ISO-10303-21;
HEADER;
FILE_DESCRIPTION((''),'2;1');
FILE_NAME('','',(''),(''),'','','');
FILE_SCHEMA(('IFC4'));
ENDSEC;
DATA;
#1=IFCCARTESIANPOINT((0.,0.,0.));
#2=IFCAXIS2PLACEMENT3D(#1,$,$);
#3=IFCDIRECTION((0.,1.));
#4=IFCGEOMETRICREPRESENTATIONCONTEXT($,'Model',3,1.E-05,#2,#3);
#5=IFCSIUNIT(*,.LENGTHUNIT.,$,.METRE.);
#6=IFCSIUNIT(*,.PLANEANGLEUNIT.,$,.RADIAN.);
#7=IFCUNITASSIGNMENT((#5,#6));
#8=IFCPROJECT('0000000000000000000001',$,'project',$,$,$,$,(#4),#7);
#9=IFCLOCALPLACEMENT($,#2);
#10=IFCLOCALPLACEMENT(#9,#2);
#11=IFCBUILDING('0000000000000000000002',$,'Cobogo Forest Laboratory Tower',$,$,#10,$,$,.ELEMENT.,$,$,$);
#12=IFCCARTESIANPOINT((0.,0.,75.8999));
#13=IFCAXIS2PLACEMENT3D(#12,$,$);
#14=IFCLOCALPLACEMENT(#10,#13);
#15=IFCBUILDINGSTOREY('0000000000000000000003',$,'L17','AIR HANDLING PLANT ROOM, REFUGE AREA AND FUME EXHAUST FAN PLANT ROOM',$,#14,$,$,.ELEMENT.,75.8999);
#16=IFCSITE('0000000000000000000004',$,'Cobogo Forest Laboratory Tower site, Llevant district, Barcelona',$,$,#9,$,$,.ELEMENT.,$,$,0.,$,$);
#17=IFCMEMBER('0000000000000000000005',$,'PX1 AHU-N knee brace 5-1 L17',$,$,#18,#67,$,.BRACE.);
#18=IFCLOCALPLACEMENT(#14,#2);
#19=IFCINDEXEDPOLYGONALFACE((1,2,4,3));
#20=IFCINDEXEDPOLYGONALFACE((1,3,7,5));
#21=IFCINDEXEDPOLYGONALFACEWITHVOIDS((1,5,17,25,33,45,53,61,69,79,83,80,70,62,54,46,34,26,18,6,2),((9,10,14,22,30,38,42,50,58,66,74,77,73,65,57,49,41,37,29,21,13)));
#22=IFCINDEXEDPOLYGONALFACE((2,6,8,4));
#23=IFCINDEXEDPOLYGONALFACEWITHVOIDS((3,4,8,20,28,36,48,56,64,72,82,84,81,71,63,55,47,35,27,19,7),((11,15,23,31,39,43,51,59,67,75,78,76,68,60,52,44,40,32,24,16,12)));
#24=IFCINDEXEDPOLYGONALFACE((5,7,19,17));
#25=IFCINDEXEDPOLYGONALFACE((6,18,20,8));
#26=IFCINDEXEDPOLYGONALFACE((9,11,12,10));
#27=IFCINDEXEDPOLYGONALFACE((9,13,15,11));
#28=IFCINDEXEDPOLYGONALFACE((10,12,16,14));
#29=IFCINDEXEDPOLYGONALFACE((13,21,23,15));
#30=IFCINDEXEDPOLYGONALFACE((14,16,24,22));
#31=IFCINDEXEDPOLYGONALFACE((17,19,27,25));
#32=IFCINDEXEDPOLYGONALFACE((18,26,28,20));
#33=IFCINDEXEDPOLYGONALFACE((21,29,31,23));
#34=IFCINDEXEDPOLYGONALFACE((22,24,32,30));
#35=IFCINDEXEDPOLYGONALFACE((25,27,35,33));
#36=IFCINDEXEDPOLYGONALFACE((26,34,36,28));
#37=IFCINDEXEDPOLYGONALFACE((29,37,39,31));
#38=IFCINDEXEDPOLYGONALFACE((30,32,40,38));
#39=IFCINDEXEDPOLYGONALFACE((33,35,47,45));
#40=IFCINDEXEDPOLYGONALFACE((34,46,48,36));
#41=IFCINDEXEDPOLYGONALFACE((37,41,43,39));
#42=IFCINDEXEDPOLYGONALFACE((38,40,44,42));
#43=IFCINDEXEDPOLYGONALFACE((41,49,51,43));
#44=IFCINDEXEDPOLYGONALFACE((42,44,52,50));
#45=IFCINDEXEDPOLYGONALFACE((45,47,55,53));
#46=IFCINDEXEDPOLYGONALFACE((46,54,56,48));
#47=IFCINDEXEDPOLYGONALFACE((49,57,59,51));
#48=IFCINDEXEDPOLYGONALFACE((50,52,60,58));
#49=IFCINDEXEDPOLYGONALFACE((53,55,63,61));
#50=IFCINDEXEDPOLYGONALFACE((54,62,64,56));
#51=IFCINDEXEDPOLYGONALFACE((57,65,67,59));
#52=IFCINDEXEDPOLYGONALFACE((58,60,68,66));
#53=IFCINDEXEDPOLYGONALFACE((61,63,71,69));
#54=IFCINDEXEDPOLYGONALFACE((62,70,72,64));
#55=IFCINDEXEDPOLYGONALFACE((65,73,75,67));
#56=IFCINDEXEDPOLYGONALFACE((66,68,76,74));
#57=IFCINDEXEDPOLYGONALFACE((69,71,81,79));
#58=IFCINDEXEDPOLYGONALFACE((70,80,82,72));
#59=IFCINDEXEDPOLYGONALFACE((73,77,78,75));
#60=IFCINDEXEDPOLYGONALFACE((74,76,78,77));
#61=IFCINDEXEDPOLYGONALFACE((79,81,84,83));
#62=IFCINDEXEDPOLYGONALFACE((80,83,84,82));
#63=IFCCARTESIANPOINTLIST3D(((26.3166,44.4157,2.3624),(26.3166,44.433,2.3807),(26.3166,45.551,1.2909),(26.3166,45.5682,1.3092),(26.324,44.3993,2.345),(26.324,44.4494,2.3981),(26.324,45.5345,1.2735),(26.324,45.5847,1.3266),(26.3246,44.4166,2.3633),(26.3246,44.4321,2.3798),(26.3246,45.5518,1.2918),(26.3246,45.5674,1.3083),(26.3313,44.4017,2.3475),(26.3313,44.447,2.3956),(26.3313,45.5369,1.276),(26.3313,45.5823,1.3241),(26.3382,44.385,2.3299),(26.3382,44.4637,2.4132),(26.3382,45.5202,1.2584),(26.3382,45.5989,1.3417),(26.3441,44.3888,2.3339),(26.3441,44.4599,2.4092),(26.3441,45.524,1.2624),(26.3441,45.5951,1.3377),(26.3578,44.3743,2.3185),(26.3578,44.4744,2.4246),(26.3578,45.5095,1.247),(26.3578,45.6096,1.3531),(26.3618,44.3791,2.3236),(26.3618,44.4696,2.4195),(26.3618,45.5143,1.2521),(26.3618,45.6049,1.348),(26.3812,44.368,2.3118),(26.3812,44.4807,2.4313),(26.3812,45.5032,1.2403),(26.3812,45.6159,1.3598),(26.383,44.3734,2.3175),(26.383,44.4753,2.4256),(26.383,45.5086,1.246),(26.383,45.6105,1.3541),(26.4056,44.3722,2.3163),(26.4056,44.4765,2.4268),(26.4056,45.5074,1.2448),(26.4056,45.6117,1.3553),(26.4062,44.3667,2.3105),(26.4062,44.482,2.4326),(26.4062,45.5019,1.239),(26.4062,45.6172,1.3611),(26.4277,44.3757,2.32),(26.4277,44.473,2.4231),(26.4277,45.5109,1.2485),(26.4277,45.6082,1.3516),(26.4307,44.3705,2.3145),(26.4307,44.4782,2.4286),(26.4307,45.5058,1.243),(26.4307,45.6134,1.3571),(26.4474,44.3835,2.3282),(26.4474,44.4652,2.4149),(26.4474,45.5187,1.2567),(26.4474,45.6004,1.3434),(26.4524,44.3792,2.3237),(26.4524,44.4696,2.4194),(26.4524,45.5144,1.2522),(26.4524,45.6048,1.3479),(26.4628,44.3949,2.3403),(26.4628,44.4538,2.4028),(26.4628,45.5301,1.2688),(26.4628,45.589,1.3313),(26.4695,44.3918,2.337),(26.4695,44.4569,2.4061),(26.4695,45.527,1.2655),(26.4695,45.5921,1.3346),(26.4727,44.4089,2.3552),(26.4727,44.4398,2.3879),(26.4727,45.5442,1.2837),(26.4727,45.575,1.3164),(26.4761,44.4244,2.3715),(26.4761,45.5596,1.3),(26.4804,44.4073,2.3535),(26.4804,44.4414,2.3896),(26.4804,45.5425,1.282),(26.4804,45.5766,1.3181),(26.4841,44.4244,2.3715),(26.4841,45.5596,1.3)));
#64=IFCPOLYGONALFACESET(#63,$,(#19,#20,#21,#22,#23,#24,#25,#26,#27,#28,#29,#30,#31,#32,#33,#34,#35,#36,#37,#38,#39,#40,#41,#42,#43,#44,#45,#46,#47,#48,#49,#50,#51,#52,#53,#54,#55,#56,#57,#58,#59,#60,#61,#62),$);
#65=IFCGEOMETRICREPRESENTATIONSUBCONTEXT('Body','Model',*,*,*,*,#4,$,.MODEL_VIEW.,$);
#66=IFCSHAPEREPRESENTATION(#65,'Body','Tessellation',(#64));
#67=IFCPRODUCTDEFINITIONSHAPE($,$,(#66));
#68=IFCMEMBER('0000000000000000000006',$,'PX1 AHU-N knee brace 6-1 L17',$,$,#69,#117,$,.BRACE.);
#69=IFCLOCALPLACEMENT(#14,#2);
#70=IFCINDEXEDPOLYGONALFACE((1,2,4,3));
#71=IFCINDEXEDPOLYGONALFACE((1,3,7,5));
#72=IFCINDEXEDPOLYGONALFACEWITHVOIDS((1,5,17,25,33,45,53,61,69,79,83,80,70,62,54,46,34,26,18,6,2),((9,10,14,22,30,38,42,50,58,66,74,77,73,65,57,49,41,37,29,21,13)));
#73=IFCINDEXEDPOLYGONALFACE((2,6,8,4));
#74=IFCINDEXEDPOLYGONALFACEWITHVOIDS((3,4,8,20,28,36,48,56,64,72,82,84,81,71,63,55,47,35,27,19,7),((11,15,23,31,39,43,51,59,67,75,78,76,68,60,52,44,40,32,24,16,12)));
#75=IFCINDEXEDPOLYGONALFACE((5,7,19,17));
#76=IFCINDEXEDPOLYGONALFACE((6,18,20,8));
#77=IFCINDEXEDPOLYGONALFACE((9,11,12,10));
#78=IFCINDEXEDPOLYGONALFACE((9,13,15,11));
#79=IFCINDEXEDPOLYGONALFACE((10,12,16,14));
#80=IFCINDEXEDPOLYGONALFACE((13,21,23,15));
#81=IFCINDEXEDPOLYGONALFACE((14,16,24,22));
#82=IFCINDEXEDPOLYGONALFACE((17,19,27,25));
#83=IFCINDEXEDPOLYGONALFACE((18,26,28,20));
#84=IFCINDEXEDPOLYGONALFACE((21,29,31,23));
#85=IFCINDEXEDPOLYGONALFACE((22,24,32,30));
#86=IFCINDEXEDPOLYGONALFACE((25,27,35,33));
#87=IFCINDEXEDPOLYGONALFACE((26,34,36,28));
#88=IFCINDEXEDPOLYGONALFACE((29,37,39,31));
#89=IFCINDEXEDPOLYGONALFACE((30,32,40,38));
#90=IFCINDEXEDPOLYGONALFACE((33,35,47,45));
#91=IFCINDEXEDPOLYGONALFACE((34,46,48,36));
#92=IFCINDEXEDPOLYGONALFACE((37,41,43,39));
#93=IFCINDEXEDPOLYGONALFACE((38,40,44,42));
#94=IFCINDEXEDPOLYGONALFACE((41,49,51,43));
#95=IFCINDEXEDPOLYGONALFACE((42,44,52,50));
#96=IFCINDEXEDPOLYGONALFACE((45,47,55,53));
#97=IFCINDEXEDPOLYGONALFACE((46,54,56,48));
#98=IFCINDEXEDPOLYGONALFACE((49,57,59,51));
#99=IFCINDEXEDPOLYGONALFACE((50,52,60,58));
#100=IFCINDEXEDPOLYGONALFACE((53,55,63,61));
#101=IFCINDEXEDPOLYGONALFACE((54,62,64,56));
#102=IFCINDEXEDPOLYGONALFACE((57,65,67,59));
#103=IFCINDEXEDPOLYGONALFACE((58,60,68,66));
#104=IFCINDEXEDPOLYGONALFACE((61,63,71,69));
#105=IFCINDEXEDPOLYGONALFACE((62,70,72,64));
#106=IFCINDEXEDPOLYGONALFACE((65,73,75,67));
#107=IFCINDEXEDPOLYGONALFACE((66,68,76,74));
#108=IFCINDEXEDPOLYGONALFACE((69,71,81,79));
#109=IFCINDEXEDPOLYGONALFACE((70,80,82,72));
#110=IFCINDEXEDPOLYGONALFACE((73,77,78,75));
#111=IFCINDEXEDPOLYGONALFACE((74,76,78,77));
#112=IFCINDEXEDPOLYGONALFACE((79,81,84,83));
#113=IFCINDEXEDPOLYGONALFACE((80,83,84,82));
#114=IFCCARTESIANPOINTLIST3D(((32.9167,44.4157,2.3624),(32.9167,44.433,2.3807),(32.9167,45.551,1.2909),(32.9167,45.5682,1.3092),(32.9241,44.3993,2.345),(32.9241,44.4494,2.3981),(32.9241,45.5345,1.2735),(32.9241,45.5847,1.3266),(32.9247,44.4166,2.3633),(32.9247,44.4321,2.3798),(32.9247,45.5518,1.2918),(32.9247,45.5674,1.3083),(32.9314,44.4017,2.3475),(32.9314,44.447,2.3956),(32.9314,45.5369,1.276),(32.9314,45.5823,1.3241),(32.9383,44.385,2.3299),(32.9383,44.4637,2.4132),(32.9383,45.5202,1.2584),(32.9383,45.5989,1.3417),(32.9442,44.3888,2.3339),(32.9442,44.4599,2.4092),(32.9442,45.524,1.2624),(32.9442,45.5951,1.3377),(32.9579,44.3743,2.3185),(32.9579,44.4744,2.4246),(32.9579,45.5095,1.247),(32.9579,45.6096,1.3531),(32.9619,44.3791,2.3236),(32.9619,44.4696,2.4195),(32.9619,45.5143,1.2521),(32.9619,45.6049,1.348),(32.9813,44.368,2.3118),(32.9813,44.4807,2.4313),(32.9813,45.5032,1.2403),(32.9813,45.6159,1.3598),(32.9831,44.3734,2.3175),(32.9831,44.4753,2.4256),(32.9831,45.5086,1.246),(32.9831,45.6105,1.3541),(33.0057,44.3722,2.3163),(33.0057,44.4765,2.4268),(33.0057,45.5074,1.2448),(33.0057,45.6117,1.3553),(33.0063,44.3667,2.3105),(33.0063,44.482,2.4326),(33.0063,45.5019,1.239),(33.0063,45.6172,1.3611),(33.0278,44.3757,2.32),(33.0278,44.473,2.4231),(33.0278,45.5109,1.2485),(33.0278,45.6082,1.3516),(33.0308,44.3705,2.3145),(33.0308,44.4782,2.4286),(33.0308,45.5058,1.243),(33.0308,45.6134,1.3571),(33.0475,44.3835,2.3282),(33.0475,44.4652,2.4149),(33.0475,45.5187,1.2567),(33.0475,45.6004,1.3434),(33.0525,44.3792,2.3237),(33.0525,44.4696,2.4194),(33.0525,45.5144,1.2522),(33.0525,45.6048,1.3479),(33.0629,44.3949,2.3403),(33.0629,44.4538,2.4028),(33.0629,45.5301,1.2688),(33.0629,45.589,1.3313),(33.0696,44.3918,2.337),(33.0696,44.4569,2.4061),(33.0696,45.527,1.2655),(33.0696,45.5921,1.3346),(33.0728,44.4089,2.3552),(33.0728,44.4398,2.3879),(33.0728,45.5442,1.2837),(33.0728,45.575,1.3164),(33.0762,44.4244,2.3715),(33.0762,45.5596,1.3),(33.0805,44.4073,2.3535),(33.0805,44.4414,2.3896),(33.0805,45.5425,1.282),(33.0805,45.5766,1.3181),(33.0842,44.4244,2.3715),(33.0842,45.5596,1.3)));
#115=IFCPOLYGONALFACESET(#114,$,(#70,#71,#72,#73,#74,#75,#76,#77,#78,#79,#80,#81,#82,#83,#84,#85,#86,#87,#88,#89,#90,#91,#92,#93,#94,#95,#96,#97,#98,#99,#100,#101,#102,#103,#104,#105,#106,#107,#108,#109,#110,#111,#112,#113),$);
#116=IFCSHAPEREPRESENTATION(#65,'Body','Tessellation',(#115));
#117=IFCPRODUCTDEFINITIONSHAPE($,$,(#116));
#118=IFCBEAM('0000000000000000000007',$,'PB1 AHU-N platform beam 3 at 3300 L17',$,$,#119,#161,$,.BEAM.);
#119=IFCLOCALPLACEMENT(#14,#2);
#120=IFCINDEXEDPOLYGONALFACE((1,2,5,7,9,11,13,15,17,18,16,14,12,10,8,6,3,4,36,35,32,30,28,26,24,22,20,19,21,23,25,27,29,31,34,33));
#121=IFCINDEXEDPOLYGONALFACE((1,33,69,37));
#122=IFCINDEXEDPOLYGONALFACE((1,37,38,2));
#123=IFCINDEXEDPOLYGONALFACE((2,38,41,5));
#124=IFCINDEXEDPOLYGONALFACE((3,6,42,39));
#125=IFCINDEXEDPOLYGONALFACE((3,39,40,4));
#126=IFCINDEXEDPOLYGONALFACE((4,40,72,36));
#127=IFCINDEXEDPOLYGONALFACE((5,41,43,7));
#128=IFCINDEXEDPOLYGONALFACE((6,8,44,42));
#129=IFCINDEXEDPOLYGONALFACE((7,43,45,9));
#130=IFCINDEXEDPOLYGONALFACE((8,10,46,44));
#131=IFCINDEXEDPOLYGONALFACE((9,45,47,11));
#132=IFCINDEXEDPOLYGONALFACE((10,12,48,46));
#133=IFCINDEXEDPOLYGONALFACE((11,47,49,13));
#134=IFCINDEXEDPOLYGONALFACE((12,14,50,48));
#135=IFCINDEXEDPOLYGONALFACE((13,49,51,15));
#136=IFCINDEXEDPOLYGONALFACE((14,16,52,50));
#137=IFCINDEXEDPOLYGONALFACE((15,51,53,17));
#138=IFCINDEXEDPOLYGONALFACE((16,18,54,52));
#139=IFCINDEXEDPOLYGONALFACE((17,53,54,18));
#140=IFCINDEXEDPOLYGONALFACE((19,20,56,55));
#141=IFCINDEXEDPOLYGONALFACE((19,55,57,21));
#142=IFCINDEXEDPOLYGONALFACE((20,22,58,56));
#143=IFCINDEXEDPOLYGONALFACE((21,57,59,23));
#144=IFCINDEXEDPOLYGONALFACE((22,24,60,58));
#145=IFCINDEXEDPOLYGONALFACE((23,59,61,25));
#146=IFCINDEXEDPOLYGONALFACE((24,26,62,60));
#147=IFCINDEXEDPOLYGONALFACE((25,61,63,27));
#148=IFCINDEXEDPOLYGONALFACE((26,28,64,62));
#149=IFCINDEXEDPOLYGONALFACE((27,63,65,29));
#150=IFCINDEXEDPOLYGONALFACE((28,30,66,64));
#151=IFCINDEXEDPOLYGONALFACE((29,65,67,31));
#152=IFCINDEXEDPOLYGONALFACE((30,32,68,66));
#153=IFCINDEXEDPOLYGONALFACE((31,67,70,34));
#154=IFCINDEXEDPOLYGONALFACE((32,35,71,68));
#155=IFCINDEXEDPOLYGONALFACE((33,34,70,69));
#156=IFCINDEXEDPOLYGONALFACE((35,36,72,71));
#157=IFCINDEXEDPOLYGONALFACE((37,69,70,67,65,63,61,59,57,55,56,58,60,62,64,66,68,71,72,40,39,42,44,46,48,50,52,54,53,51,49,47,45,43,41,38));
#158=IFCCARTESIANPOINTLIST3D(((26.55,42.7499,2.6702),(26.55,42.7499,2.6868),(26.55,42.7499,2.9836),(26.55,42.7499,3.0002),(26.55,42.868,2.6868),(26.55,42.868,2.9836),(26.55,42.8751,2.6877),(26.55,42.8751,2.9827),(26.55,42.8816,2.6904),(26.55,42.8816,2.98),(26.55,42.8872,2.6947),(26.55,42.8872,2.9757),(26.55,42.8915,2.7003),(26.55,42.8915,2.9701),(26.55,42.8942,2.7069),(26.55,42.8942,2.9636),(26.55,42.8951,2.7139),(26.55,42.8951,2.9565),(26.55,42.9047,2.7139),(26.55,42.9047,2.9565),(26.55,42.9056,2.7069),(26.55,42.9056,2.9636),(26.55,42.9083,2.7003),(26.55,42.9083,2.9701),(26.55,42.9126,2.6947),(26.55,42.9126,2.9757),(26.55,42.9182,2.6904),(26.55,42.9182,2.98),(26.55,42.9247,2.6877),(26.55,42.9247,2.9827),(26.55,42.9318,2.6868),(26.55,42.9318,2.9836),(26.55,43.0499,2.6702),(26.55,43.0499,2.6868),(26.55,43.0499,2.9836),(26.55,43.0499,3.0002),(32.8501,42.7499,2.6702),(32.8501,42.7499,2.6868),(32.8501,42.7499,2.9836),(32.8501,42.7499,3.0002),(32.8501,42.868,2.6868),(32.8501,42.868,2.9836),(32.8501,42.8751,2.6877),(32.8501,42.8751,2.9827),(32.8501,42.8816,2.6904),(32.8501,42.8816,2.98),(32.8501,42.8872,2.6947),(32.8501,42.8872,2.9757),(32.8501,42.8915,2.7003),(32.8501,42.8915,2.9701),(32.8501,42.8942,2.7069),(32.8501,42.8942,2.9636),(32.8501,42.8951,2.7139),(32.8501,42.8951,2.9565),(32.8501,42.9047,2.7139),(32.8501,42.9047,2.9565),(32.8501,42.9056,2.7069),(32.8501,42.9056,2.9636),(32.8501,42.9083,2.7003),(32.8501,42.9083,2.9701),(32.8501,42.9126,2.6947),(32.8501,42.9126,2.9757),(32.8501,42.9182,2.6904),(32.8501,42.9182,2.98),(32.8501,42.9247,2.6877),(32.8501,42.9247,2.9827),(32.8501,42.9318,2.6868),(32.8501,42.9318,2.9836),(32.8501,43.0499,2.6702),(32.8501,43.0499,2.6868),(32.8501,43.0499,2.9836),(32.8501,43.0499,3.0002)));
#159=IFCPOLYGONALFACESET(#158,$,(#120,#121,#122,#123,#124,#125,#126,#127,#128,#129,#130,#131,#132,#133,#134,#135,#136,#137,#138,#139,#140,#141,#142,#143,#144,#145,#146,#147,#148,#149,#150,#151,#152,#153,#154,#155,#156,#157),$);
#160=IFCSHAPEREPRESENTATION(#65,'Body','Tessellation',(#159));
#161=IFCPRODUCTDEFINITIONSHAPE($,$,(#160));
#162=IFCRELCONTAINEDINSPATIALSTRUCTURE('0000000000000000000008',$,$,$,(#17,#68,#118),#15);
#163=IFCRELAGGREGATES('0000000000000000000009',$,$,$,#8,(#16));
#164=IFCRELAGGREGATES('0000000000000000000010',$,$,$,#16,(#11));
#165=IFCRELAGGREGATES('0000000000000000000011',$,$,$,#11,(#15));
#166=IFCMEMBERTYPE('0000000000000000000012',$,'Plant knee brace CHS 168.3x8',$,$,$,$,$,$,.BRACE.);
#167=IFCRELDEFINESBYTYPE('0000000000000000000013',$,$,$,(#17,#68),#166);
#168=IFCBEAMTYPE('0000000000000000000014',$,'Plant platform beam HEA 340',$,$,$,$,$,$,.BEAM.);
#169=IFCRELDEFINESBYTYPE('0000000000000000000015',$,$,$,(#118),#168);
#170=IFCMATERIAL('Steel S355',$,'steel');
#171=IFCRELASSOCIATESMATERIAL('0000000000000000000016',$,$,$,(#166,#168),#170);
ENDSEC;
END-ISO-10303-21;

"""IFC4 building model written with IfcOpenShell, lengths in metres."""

from ifc_helpers import new_model, si_unit, direction, frame, origin, origin_2d, place, context, subcontext, project, spatial, hollow_circle, i_section, extrude, material, material_profile, profile_set, type_object, element, save


model = new_model("IFC4")

# Units and contexts
model_context = context("Model", 3, precision=1e-05, world=origin(), true_north=direction((0.0, 1.0)))
body_context = subcontext(model_context, "Body", "Model", "MODEL_VIEW")
ifc_project = project(units=[si_unit("LENGTHUNIT", "METRE"), si_unit("PLANEANGLEUNIT", "RADIAN")], contexts=[model_context])

# Site, building, storey
site_placement = place(None, origin())
site = spatial("IfcSite", under=ifc_project, at=site_placement, Name="Cobogo Forest Laboratory Tower site, Llevant district, Barcelona", CompositionType="ELEMENT", RefElevation=0.0)
building_placement = place(site_placement, origin())
building = spatial("IfcBuilding", under=site, at=building_placement, Name="Cobogo Forest Laboratory Tower", CompositionType="ELEMENT")
storey_placement = place(building_placement, frame((0.0, 0.0, 75.8999)))
storey = spatial("IfcBuildingStorey", under=building, at=storey_placement, Name="L17", Description="AIR HANDLING PLANT ROOM, REFUGE AREA AND FUME EXHAUST FAN PLANT ROOM", CompositionType="ELEMENT", Elevation=75.8999)

# Members
ifc_material_1 = material(Name="Steel S355", Category="steel")
ifc_material_profile_1 = material_profile(ifc_material_1, hollow_circle(Radius=0.0842, WallThickness=0.0081, at=origin_2d()), Name="CHS 168.3x8")
ifc_profile_set_1 = profile_set([ifc_material_profile_1], Name="Steel S355")
member_type_1 = type_object("IfcMemberType", Name="Plant knee brace CHS 168.3x8", PredefinedType="BRACE", material=ifc_profile_set_1)
for number, where, z_axis, x_axis, name in (
    (1, (26.3999, 45.5596, 1.3), (0.0, -0.727221, 0.686403), (1.0, 0.0, 0.0), "PX1 AHU-N knee brace 5-1 L17"),
    (2, (33.0, 45.5596, 1.3), (0.0, -0.727221, 0.686403), (1.0, 0.0, 0.0), "PX1 AHU-N knee brace 6-1 L17"),
):
    element("IfcMember", number, at=place(storey_placement, frame(where, z_axis=z_axis, x_axis=x_axis)), inside=storey, type_object=member_type_1, Name=name, PredefinedType="BRACE", context=body_context, shape_type="SweptSolid", body=[
        extrude(hollow_circle(Radius=0.0842, WallThickness=0.0081, at=origin_2d()), origin(), (0.0, 0.0, 1.0), 1.561),
    ])

# Beam
ifc_material_profile_2 = material_profile(ifc_material_1, i_section(OverallWidth=0.3, OverallDepth=0.3301, WebThickness=0.0095, FlangeThickness=0.0166, FilletRadius=0.0271, at=origin_2d()), Name="HEA 340")
ifc_profile_set_2 = profile_set([ifc_material_profile_2], Name="Steel S355")
beam_type_1 = type_object("IfcBeamType", Name="Plant platform beam HEA 340", PredefinedType="BEAM", material=ifc_profile_set_2)
beam_1_placement = place(storey_placement, frame((26.55, 42.8999, 2.8352), z_axis=(1.0, 0.0, 0.0), x_axis=(0.0, 1.0, 0.0)))
element("IfcBeam", 3, at=beam_1_placement, inside=storey, type_object=beam_type_1, Name="PB1 AHU-N platform beam 3 at 3300 L17", PredefinedType="BEAM", context=body_context, shape_type="SweptSolid", body=[
    extrude(i_section(OverallWidth=0.3, OverallDepth=0.3301, WebThickness=0.0095, FlangeThickness=0.0166, FilletRadius=0.0271, at=origin_2d()), origin(), (0.0, 0.0, 1.0), 6.3),
])

save(model, "model.ifc")
